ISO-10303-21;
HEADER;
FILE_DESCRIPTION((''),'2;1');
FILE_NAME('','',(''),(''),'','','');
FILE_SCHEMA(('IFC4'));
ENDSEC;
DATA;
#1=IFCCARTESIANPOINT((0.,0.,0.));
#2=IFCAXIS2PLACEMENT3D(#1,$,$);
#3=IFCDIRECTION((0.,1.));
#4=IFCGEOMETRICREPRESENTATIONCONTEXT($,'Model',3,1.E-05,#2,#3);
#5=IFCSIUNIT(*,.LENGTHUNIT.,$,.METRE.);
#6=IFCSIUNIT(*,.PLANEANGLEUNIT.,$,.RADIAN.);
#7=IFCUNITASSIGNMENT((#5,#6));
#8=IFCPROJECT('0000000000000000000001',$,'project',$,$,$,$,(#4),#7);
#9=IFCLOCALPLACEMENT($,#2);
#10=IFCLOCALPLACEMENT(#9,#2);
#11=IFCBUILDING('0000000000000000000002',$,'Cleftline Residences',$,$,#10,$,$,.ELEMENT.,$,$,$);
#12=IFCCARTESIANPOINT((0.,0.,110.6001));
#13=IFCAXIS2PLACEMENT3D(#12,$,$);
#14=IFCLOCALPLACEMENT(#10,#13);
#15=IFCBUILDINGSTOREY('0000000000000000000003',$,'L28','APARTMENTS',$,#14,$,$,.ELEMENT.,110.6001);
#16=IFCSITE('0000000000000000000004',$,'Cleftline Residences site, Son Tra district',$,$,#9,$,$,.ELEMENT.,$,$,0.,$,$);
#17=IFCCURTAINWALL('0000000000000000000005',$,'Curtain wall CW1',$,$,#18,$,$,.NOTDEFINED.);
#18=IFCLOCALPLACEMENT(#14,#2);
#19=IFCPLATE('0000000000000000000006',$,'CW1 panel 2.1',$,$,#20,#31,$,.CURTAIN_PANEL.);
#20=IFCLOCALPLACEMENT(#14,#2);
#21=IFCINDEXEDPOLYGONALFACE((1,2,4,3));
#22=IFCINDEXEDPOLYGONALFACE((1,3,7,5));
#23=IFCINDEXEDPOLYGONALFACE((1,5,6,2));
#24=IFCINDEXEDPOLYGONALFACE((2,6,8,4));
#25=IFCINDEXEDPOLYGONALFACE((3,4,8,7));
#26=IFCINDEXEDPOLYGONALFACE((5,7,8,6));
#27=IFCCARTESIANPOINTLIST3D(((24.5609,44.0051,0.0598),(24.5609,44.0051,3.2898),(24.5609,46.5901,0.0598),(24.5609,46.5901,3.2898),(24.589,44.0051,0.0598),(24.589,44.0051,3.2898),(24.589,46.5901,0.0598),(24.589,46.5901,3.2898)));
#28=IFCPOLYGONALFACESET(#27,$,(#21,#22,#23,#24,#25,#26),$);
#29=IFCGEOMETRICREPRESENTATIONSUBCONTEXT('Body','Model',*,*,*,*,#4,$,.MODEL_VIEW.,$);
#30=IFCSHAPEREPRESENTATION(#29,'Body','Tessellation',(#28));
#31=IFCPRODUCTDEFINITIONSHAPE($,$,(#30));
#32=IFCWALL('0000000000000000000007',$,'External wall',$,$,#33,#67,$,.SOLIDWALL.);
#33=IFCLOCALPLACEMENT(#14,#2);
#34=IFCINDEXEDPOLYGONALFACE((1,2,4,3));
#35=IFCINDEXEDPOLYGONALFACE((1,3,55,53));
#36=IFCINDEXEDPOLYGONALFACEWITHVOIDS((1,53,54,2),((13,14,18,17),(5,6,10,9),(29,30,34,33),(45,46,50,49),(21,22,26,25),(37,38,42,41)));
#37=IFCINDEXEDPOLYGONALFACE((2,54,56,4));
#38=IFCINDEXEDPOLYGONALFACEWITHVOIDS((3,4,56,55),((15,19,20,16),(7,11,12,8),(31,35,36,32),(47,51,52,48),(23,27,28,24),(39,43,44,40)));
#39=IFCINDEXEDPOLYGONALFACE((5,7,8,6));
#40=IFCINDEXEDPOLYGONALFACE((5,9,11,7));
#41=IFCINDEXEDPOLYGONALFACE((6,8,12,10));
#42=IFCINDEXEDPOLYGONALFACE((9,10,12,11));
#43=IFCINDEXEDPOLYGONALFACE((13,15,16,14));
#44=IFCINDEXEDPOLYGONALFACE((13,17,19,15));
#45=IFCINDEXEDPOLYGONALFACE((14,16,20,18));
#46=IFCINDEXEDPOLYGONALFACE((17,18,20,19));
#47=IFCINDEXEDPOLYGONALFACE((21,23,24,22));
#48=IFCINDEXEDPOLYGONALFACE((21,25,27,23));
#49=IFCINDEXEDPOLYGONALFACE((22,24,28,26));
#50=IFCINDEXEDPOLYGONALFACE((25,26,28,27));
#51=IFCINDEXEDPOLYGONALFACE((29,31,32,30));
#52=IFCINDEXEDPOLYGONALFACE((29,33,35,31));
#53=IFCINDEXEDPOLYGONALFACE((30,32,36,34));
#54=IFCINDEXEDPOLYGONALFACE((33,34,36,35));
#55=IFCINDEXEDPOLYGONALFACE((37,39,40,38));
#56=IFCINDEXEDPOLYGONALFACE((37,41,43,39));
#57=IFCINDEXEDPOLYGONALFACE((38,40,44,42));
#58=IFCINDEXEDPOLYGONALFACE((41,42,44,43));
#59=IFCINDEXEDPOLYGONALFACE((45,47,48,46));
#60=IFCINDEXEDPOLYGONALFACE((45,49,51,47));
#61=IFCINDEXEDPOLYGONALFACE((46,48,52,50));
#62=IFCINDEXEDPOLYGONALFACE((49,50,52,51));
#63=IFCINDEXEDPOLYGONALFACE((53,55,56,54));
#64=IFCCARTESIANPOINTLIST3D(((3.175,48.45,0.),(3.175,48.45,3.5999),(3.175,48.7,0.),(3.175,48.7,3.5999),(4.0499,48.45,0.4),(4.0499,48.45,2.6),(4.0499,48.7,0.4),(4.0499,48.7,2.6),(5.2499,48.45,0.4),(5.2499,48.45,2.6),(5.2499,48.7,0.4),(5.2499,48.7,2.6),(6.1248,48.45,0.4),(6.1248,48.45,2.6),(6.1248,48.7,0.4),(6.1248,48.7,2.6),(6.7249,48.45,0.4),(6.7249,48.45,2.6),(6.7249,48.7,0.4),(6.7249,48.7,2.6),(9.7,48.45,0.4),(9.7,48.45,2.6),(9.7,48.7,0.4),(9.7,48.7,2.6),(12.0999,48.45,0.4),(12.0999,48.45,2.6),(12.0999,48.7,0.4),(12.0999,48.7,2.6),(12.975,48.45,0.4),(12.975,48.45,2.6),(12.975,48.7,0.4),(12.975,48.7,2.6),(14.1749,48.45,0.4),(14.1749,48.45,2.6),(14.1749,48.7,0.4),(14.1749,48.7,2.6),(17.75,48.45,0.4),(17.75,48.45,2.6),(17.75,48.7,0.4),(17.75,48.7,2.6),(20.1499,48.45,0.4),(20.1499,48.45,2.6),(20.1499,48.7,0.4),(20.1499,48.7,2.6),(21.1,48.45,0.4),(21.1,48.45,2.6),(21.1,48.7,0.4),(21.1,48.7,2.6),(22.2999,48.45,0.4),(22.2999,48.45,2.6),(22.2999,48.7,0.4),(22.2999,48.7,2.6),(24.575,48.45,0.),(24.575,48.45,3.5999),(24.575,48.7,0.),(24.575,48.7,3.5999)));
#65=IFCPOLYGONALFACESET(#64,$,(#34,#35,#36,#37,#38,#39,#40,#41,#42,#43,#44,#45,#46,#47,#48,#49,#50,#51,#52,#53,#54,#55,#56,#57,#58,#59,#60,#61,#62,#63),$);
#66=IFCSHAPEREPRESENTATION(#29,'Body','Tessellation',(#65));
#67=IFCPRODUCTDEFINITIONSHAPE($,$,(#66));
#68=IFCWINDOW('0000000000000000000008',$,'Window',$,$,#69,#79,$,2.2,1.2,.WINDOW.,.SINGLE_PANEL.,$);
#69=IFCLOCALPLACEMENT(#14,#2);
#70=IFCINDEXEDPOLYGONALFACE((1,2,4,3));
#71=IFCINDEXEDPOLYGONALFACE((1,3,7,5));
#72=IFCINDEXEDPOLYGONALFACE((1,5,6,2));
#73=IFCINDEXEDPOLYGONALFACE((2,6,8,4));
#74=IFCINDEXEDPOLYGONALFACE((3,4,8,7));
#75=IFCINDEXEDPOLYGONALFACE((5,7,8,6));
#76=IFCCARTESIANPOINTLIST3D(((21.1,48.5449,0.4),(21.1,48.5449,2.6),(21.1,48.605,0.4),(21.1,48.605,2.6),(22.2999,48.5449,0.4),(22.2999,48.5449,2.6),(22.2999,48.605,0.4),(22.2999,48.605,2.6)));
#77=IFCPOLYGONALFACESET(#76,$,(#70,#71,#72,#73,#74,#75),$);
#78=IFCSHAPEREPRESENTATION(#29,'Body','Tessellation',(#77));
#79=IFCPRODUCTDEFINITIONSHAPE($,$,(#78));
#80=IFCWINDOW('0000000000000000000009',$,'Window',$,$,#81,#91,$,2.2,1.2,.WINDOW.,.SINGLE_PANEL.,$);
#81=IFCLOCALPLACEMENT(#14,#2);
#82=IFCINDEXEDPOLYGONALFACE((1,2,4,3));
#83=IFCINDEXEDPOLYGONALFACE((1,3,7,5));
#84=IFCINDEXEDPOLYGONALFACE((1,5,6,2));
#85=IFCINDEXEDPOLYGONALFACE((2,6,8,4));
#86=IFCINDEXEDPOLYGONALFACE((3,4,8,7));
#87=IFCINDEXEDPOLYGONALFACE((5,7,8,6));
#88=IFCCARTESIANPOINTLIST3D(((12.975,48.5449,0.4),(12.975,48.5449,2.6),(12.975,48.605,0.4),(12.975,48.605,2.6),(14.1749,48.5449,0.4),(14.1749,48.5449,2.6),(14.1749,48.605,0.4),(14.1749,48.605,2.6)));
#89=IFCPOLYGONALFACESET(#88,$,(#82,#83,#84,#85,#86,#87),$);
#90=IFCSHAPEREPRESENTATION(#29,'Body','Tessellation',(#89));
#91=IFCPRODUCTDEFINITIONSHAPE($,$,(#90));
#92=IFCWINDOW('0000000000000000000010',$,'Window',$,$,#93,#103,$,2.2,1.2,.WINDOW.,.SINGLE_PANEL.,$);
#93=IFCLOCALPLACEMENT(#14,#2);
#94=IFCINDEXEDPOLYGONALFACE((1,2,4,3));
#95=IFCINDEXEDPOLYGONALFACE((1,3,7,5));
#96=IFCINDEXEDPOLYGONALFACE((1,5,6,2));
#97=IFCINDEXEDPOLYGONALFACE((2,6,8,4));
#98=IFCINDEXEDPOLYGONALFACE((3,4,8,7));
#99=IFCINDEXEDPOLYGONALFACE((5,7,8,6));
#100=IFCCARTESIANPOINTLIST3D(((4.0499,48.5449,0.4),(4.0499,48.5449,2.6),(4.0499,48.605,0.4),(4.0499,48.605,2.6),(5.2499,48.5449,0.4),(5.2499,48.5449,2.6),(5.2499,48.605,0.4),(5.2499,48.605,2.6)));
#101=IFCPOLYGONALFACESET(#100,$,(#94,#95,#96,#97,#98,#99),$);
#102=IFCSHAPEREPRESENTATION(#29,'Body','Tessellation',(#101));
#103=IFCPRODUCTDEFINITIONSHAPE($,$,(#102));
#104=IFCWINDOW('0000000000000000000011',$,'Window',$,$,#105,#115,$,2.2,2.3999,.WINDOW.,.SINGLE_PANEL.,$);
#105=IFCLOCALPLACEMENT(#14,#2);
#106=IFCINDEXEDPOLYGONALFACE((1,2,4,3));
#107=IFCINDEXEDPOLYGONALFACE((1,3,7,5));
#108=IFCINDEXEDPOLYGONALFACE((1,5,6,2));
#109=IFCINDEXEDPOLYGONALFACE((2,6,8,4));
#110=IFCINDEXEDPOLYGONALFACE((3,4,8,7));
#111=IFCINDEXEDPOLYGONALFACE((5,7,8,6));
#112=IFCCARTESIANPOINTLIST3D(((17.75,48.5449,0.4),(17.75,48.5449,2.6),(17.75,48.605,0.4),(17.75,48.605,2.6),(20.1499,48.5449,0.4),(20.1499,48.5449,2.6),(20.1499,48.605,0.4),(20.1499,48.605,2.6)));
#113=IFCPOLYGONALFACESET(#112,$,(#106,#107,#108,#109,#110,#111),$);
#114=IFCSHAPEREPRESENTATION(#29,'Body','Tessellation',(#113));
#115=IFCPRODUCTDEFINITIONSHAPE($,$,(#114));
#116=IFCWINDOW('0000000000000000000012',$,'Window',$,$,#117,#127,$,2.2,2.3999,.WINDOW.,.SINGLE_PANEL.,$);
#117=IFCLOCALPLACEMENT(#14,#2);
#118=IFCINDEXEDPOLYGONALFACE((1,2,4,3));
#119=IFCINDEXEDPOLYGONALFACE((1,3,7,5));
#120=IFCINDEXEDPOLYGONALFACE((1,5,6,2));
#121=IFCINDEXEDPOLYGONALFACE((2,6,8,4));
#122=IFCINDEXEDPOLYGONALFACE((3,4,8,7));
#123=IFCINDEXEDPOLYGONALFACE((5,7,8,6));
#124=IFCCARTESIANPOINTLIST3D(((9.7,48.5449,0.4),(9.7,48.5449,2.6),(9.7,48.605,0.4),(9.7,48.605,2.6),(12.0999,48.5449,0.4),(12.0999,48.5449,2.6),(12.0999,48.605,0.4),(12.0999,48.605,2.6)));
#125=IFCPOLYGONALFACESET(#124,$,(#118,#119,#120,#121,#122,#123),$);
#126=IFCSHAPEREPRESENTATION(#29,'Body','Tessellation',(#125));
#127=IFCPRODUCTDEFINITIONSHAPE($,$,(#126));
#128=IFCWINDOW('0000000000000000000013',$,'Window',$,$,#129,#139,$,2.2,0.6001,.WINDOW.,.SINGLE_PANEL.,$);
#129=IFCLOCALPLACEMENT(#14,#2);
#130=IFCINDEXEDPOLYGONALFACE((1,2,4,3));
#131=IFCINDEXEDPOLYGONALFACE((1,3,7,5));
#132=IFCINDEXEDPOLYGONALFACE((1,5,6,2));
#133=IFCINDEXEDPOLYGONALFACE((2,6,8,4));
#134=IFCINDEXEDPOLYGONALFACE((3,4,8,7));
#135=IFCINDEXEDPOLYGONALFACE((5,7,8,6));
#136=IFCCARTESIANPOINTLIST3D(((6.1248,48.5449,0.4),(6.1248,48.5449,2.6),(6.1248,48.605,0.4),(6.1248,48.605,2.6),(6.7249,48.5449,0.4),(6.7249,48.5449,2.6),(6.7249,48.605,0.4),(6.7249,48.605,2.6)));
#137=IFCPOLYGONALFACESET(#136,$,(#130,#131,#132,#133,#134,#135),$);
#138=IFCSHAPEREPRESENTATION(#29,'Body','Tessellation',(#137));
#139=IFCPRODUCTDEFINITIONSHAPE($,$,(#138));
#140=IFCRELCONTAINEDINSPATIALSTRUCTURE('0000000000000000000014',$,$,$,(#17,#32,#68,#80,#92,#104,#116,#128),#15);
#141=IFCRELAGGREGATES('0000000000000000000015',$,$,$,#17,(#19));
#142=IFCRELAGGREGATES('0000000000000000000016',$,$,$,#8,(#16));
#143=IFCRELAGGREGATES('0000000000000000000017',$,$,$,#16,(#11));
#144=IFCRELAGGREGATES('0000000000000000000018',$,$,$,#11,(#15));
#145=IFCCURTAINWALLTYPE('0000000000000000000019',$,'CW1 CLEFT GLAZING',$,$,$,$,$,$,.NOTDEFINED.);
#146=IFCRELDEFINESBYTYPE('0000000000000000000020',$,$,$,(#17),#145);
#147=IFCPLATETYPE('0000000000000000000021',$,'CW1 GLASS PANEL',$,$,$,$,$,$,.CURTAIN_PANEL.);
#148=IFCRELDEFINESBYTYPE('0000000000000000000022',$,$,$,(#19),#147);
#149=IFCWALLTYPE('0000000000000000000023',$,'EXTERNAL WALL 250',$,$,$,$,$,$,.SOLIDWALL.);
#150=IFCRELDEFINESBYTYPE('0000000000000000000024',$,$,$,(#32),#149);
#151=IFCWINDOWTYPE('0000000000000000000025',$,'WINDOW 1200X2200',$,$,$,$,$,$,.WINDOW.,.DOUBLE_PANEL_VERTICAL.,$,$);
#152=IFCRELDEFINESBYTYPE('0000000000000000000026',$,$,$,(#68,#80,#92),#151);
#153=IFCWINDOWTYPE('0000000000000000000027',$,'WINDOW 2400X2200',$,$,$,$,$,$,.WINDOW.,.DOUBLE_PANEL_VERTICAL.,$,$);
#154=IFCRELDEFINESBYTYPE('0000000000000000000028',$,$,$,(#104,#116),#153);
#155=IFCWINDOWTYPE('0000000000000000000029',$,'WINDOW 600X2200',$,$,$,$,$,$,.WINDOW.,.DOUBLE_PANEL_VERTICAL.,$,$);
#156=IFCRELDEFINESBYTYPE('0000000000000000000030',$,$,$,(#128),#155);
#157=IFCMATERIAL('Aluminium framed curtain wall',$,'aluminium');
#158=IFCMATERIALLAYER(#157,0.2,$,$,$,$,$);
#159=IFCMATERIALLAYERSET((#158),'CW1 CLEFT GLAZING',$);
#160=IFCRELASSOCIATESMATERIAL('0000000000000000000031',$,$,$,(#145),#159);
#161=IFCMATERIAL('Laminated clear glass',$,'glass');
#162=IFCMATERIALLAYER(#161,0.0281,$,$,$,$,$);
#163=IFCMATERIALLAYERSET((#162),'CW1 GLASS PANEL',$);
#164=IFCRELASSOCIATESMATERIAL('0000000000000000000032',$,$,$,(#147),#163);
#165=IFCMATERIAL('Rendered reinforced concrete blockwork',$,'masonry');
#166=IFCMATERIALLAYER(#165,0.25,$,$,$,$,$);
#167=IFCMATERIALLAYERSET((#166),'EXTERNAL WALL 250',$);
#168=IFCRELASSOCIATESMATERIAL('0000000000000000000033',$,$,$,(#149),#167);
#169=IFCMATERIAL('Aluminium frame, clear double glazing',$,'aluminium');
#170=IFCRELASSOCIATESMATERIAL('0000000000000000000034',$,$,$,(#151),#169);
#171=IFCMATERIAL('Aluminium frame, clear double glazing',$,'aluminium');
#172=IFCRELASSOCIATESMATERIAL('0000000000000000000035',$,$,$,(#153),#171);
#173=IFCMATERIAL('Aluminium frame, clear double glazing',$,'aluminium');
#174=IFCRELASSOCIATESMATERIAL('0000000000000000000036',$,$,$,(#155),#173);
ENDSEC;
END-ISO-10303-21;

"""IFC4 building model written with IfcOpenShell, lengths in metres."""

from ifc_helpers import new_model, si_unit, direction, frame, frame_2d, origin, origin_2d, place, context, subcontext, project, spatial, rectangle, extrude, material, layer, layer_set, type_object, element, fill, aggregate, save


model = new_model("IFC4")

# Units and contexts
model_context = context("Model", 3, precision=1e-05, world=origin(), true_north=direction((0.0, 1.0)))
body_context = subcontext(model_context, "Body", "Model", "MODEL_VIEW")
ifc_project = project(units=[si_unit("LENGTHUNIT", "METRE"), si_unit("PLANEANGLEUNIT", "RADIAN")], contexts=[model_context])

# Site, building, storey
site_placement = place(None, origin())
site = spatial("IfcSite", under=ifc_project, at=site_placement, Name="Cleftline Residences site, Son Tra district", CompositionType="ELEMENT", RefElevation=0.0)
building_placement = place(site_placement, origin())
building = spatial("IfcBuilding", under=site, at=building_placement, Name="Cleftline Residences", CompositionType="ELEMENT")
storey_placement = place(building_placement, frame((0.0, 0.0, 110.6001)))
storey = spatial("IfcBuildingStorey", under=building, at=storey_placement, Name="L28", Description="APARTMENTS", CompositionType="ELEMENT", Elevation=110.6001)

# Curtain wall, plate
ifc_material_1 = material(Name="Aluminium framed curtain wall", Category="aluminium")
ifc_layer_1 = layer(ifc_material_1, 0.2)
ifc_layer_set_1 = layer_set([ifc_layer_1], Name="CW1 CLEFT GLAZING")
curtain_wall_type = type_object("IfcCurtainWallType", Name="CW1 CLEFT GLAZING", PredefinedType="NOTDEFINED", material=ifc_layer_set_1)
curtain_wall_placement = place(storey_placement, origin())
curtain_wall = element("IfcCurtainWall", 1, at=curtain_wall_placement, inside=storey, type_object=curtain_wall_type, Name="Curtain wall CW1", PredefinedType="NOTDEFINED")
ifc_material_2 = material(Name="Laminated clear glass", Category="glass")
ifc_layer_2 = layer(ifc_material_2, 0.0281)
ifc_layer_set_2 = layer_set([ifc_layer_2], Name="CW1 GLASS PANEL")
plate_type = type_object("IfcPlateType", Name="CW1 GLASS PANEL", PredefinedType="CURTAIN_PANEL", material=ifc_layer_set_2)
plate_1_placement = place(storey_placement, frame((24.575, 45.2976, 0.0598), z_axis=(0.0, 0.0, 1.0), x_axis=(0.0, 1.0, 0.0)))
plate_1 = element("IfcPlate", 2, at=plate_1_placement, type_object=plate_type, Name="CW1 panel 2.1", PredefinedType="CURTAIN_PANEL", context=body_context, shape_type="SweptSolid", body=[
    extrude(rectangle(XDim=2.585, YDim=0.0281, at=origin_2d()), origin(), (0.0, 0.0, 1.0), 3.23),
])
aggregate(curtain_wall, [plate_1])

# Wall, openings, windows
ifc_material_3 = material(Name="Rendered reinforced concrete blockwork", Category="masonry")
ifc_layer_3 = layer(ifc_material_3, 0.25)
ifc_layer_set_3 = layer_set([ifc_layer_3], Name="EXTERNAL WALL 250")
wall_type = type_object("IfcWallType", Name="EXTERNAL WALL 250", PredefinedType="SOLIDWALL", material=ifc_layer_set_3)
wall_placement = place(storey_placement, frame((24.575, 48.575, 0.0), z_axis=(0.0, 0.0, 1.0), x_axis=(-1.0, 0.0, 0.0)))
wall = element("IfcWall", 3, at=wall_placement, inside=storey, type_object=wall_type, Name="External wall", PredefinedType="SOLIDWALL", context=body_context, shape_type="SweptSolid", body=[
    extrude(rectangle(XDim=21.3999, YDim=0.25, at=frame_2d((10.7, 0.0))), origin(), (0.0, 0.0, 1.0), 3.5999),
])
opening_1_placement = place(wall_placement, frame((2.2749, 0.0, 0.3999)))
opening_1 = element("IfcOpeningElement", 4, at=opening_1_placement, cuts=wall, PredefinedType="OPENING", context=body_context, shape_type="SweptSolid", body=[
    extrude(rectangle(XDim=1.2, YDim=2.2, at=frame_2d((0.6001, 1.1001))), frame((0.0, 0.135, 0.0), z_axis=(0.0, -1.0, 0.0), x_axis=(1.0, 0.0, 0.0)), (0.0, 0.0, 1.0), 0.27),
])
opening_2_placement = place(wall_placement, frame((4.425, 0.0, 0.3999)))
opening_2 = element("IfcOpeningElement", 5, at=opening_2_placement, cuts=wall, PredefinedType="OPENING", context=body_context, shape_type="SweptSolid", body=[
    extrude(rectangle(XDim=2.3999, YDim=2.2, at=frame_2d((1.2, 1.1001))), frame((0.0, 0.135, 0.0), z_axis=(0.0, -1.0, 0.0), x_axis=(1.0, 0.0, 0.0)), (0.0, 0.0, 1.0), 0.27),
])
opening_3_placement = place(wall_placement, frame((10.3999, 0.0, 0.3999)))
opening_3 = element("IfcOpeningElement", 6, at=opening_3_placement, cuts=wall, PredefinedType="OPENING", context=body_context, shape_type="SweptSolid", body=[
    extrude(rectangle(XDim=1.2, YDim=2.2, at=frame_2d((0.6001, 1.1001))), frame((0.0, 0.135, 0.0), z_axis=(0.0, -1.0, 0.0), x_axis=(1.0, 0.0, 0.0)), (0.0, 0.0, 1.0), 0.27),
])
opening_4_placement = place(wall_placement, frame((12.4751, 0.0, 0.3999)))
opening_4 = element("IfcOpeningElement", 7, at=opening_4_placement, cuts=wall, PredefinedType="OPENING", context=body_context, shape_type="SweptSolid", body=[
    extrude(rectangle(XDim=2.3999, YDim=2.2, at=frame_2d((1.2, 1.1001))), frame((0.0, 0.135, 0.0), z_axis=(0.0, -1.0, 0.0), x_axis=(1.0, 0.0, 0.0)), (0.0, 0.0, 1.0), 0.27),
])
opening_5_placement = place(wall_placement, frame((17.8501, 0.0, 0.3999)))
opening_5 = element("IfcOpeningElement", 8, at=opening_5_placement, cuts=wall, PredefinedType="OPENING", context=body_context, shape_type="SweptSolid", body=[
    extrude(rectangle(XDim=0.6001, YDim=2.2, at=frame_2d((0.3, 1.1001))), frame((0.0, 0.135, 0.0), z_axis=(0.0, -1.0, 0.0), x_axis=(1.0, 0.0, 0.0)), (0.0, 0.0, 1.0), 0.27),
])
opening_6_placement = place(wall_placement, frame((19.325, 0.0, 0.3999)))
opening_6 = element("IfcOpeningElement", 9, at=opening_6_placement, cuts=wall, PredefinedType="OPENING", context=body_context, shape_type="SweptSolid", body=[
    extrude(rectangle(XDim=1.2, YDim=2.2, at=frame_2d((0.6001, 1.1001))), frame((0.0, 0.135, 0.0), z_axis=(0.0, -1.0, 0.0), x_axis=(1.0, 0.0, 0.0)), (0.0, 0.0, 1.0), 0.27),
])
ifc_material_4 = material(Name="Aluminium frame, clear double glazing", Category="aluminium")
window_type_1 = type_object("IfcWindowType", Name="WINDOW 1200X2200", PartitioningType="DOUBLE_PANEL_VERTICAL", PredefinedType="WINDOW", material=ifc_material_4)
window_1_placement = place(opening_1_placement, origin())
window_1 = element("IfcWindow", 10, at=window_1_placement, inside=storey, type_object=window_type_1, Name="Window", OverallHeight=2.2, OverallWidth=1.2, PartitioningType="SINGLE_PANEL", PredefinedType="WINDOW", context=body_context, shape_type="SweptSolid", body=[
    extrude(rectangle(XDim=1.2, YDim=2.2, at=frame_2d((0.6001, 1.1001))), frame((0.0, 0.03, 0.0), z_axis=(0.0, -1.0, 0.0), x_axis=(1.0, 0.0, 0.0)), (0.0, 0.0, 1.0), 0.0601),
])
fill(opening_1, window_1)
window_2_placement = place(opening_3_placement, origin())
window_2 = element("IfcWindow", 11, at=window_2_placement, inside=storey, type_object=window_type_1, Name="Window", OverallHeight=2.2, OverallWidth=1.2, PartitioningType="SINGLE_PANEL", PredefinedType="WINDOW", context=body_context, shape_type="SweptSolid", body=[
    extrude(rectangle(XDim=1.2, YDim=2.2, at=frame_2d((0.6001, 1.1001))), frame((0.0, 0.03, 0.0), z_axis=(0.0, -1.0, 0.0), x_axis=(1.0, 0.0, 0.0)), (0.0, 0.0, 1.0), 0.0601),
])
fill(opening_3, window_2)
window_3_placement = place(opening_6_placement, origin())
window_3 = element("IfcWindow", 12, at=window_3_placement, inside=storey, type_object=window_type_1, Name="Window", OverallHeight=2.2, OverallWidth=1.2, PartitioningType="SINGLE_PANEL", PredefinedType="WINDOW", context=body_context, shape_type="SweptSolid", body=[
    extrude(rectangle(XDim=1.2, YDim=2.2, at=frame_2d((0.6001, 1.1001))), frame((0.0, 0.03, 0.0), z_axis=(0.0, -1.0, 0.0), x_axis=(1.0, 0.0, 0.0)), (0.0, 0.0, 1.0), 0.0601),
])
fill(opening_6, window_3)
ifc_material_5 = material(Name="Aluminium frame, clear double glazing", Category="aluminium")
window_type_2 = type_object("IfcWindowType", Name="WINDOW 2400X2200", PartitioningType="DOUBLE_PANEL_VERTICAL", PredefinedType="WINDOW", material=ifc_material_5)
window_4_placement = place(opening_2_placement, origin())
window_4 = element("IfcWindow", 13, at=window_4_placement, inside=storey, type_object=window_type_2, Name="Window", OverallHeight=2.2, OverallWidth=2.3999, PartitioningType="SINGLE_PANEL", PredefinedType="WINDOW", context=body_context, shape_type="SweptSolid", body=[
    extrude(rectangle(XDim=2.3999, YDim=2.2, at=frame_2d((1.2, 1.1001))), frame((0.0, 0.03, 0.0), z_axis=(0.0, -1.0, 0.0), x_axis=(1.0, 0.0, 0.0)), (0.0, 0.0, 1.0), 0.0601),
])
fill(opening_2, window_4)
window_5_placement = place(opening_4_placement, origin())
window_5 = element("IfcWindow", 14, at=window_5_placement, inside=storey, type_object=window_type_2, Name="Window", OverallHeight=2.2, OverallWidth=2.3999, PartitioningType="SINGLE_PANEL", PredefinedType="WINDOW", context=body_context, shape_type="SweptSolid", body=[
    extrude(rectangle(XDim=2.3999, YDim=2.2, at=frame_2d((1.2, 1.1001))), frame((0.0, 0.03, 0.0), z_axis=(0.0, -1.0, 0.0), x_axis=(1.0, 0.0, 0.0)), (0.0, 0.0, 1.0), 0.0601),
])
fill(opening_4, window_5)
ifc_material_6 = material(Name="Aluminium frame, clear double glazing", Category="aluminium")
window_type_3 = type_object("IfcWindowType", Name="WINDOW 600X2200", PartitioningType="DOUBLE_PANEL_VERTICAL", PredefinedType="WINDOW", material=ifc_material_6)
window_6_placement = place(opening_5_placement, origin())
window_6 = element("IfcWindow", 15, at=window_6_placement, inside=storey, type_object=window_type_3, Name="Window", OverallHeight=2.2, OverallWidth=0.6001, PartitioningType="SINGLE_PANEL", PredefinedType="WINDOW", context=body_context, shape_type="SweptSolid", body=[
    extrude(rectangle(XDim=0.6001, YDim=2.2, at=frame_2d((0.3, 1.1001))), frame((0.0, 0.03, 0.0), z_axis=(0.0, -1.0, 0.0), x_axis=(1.0, 0.0, 0.0)), (0.0, 0.0, 1.0), 0.0601),
])
fill(opening_5, window_6)

save(model, "model.ifc")
